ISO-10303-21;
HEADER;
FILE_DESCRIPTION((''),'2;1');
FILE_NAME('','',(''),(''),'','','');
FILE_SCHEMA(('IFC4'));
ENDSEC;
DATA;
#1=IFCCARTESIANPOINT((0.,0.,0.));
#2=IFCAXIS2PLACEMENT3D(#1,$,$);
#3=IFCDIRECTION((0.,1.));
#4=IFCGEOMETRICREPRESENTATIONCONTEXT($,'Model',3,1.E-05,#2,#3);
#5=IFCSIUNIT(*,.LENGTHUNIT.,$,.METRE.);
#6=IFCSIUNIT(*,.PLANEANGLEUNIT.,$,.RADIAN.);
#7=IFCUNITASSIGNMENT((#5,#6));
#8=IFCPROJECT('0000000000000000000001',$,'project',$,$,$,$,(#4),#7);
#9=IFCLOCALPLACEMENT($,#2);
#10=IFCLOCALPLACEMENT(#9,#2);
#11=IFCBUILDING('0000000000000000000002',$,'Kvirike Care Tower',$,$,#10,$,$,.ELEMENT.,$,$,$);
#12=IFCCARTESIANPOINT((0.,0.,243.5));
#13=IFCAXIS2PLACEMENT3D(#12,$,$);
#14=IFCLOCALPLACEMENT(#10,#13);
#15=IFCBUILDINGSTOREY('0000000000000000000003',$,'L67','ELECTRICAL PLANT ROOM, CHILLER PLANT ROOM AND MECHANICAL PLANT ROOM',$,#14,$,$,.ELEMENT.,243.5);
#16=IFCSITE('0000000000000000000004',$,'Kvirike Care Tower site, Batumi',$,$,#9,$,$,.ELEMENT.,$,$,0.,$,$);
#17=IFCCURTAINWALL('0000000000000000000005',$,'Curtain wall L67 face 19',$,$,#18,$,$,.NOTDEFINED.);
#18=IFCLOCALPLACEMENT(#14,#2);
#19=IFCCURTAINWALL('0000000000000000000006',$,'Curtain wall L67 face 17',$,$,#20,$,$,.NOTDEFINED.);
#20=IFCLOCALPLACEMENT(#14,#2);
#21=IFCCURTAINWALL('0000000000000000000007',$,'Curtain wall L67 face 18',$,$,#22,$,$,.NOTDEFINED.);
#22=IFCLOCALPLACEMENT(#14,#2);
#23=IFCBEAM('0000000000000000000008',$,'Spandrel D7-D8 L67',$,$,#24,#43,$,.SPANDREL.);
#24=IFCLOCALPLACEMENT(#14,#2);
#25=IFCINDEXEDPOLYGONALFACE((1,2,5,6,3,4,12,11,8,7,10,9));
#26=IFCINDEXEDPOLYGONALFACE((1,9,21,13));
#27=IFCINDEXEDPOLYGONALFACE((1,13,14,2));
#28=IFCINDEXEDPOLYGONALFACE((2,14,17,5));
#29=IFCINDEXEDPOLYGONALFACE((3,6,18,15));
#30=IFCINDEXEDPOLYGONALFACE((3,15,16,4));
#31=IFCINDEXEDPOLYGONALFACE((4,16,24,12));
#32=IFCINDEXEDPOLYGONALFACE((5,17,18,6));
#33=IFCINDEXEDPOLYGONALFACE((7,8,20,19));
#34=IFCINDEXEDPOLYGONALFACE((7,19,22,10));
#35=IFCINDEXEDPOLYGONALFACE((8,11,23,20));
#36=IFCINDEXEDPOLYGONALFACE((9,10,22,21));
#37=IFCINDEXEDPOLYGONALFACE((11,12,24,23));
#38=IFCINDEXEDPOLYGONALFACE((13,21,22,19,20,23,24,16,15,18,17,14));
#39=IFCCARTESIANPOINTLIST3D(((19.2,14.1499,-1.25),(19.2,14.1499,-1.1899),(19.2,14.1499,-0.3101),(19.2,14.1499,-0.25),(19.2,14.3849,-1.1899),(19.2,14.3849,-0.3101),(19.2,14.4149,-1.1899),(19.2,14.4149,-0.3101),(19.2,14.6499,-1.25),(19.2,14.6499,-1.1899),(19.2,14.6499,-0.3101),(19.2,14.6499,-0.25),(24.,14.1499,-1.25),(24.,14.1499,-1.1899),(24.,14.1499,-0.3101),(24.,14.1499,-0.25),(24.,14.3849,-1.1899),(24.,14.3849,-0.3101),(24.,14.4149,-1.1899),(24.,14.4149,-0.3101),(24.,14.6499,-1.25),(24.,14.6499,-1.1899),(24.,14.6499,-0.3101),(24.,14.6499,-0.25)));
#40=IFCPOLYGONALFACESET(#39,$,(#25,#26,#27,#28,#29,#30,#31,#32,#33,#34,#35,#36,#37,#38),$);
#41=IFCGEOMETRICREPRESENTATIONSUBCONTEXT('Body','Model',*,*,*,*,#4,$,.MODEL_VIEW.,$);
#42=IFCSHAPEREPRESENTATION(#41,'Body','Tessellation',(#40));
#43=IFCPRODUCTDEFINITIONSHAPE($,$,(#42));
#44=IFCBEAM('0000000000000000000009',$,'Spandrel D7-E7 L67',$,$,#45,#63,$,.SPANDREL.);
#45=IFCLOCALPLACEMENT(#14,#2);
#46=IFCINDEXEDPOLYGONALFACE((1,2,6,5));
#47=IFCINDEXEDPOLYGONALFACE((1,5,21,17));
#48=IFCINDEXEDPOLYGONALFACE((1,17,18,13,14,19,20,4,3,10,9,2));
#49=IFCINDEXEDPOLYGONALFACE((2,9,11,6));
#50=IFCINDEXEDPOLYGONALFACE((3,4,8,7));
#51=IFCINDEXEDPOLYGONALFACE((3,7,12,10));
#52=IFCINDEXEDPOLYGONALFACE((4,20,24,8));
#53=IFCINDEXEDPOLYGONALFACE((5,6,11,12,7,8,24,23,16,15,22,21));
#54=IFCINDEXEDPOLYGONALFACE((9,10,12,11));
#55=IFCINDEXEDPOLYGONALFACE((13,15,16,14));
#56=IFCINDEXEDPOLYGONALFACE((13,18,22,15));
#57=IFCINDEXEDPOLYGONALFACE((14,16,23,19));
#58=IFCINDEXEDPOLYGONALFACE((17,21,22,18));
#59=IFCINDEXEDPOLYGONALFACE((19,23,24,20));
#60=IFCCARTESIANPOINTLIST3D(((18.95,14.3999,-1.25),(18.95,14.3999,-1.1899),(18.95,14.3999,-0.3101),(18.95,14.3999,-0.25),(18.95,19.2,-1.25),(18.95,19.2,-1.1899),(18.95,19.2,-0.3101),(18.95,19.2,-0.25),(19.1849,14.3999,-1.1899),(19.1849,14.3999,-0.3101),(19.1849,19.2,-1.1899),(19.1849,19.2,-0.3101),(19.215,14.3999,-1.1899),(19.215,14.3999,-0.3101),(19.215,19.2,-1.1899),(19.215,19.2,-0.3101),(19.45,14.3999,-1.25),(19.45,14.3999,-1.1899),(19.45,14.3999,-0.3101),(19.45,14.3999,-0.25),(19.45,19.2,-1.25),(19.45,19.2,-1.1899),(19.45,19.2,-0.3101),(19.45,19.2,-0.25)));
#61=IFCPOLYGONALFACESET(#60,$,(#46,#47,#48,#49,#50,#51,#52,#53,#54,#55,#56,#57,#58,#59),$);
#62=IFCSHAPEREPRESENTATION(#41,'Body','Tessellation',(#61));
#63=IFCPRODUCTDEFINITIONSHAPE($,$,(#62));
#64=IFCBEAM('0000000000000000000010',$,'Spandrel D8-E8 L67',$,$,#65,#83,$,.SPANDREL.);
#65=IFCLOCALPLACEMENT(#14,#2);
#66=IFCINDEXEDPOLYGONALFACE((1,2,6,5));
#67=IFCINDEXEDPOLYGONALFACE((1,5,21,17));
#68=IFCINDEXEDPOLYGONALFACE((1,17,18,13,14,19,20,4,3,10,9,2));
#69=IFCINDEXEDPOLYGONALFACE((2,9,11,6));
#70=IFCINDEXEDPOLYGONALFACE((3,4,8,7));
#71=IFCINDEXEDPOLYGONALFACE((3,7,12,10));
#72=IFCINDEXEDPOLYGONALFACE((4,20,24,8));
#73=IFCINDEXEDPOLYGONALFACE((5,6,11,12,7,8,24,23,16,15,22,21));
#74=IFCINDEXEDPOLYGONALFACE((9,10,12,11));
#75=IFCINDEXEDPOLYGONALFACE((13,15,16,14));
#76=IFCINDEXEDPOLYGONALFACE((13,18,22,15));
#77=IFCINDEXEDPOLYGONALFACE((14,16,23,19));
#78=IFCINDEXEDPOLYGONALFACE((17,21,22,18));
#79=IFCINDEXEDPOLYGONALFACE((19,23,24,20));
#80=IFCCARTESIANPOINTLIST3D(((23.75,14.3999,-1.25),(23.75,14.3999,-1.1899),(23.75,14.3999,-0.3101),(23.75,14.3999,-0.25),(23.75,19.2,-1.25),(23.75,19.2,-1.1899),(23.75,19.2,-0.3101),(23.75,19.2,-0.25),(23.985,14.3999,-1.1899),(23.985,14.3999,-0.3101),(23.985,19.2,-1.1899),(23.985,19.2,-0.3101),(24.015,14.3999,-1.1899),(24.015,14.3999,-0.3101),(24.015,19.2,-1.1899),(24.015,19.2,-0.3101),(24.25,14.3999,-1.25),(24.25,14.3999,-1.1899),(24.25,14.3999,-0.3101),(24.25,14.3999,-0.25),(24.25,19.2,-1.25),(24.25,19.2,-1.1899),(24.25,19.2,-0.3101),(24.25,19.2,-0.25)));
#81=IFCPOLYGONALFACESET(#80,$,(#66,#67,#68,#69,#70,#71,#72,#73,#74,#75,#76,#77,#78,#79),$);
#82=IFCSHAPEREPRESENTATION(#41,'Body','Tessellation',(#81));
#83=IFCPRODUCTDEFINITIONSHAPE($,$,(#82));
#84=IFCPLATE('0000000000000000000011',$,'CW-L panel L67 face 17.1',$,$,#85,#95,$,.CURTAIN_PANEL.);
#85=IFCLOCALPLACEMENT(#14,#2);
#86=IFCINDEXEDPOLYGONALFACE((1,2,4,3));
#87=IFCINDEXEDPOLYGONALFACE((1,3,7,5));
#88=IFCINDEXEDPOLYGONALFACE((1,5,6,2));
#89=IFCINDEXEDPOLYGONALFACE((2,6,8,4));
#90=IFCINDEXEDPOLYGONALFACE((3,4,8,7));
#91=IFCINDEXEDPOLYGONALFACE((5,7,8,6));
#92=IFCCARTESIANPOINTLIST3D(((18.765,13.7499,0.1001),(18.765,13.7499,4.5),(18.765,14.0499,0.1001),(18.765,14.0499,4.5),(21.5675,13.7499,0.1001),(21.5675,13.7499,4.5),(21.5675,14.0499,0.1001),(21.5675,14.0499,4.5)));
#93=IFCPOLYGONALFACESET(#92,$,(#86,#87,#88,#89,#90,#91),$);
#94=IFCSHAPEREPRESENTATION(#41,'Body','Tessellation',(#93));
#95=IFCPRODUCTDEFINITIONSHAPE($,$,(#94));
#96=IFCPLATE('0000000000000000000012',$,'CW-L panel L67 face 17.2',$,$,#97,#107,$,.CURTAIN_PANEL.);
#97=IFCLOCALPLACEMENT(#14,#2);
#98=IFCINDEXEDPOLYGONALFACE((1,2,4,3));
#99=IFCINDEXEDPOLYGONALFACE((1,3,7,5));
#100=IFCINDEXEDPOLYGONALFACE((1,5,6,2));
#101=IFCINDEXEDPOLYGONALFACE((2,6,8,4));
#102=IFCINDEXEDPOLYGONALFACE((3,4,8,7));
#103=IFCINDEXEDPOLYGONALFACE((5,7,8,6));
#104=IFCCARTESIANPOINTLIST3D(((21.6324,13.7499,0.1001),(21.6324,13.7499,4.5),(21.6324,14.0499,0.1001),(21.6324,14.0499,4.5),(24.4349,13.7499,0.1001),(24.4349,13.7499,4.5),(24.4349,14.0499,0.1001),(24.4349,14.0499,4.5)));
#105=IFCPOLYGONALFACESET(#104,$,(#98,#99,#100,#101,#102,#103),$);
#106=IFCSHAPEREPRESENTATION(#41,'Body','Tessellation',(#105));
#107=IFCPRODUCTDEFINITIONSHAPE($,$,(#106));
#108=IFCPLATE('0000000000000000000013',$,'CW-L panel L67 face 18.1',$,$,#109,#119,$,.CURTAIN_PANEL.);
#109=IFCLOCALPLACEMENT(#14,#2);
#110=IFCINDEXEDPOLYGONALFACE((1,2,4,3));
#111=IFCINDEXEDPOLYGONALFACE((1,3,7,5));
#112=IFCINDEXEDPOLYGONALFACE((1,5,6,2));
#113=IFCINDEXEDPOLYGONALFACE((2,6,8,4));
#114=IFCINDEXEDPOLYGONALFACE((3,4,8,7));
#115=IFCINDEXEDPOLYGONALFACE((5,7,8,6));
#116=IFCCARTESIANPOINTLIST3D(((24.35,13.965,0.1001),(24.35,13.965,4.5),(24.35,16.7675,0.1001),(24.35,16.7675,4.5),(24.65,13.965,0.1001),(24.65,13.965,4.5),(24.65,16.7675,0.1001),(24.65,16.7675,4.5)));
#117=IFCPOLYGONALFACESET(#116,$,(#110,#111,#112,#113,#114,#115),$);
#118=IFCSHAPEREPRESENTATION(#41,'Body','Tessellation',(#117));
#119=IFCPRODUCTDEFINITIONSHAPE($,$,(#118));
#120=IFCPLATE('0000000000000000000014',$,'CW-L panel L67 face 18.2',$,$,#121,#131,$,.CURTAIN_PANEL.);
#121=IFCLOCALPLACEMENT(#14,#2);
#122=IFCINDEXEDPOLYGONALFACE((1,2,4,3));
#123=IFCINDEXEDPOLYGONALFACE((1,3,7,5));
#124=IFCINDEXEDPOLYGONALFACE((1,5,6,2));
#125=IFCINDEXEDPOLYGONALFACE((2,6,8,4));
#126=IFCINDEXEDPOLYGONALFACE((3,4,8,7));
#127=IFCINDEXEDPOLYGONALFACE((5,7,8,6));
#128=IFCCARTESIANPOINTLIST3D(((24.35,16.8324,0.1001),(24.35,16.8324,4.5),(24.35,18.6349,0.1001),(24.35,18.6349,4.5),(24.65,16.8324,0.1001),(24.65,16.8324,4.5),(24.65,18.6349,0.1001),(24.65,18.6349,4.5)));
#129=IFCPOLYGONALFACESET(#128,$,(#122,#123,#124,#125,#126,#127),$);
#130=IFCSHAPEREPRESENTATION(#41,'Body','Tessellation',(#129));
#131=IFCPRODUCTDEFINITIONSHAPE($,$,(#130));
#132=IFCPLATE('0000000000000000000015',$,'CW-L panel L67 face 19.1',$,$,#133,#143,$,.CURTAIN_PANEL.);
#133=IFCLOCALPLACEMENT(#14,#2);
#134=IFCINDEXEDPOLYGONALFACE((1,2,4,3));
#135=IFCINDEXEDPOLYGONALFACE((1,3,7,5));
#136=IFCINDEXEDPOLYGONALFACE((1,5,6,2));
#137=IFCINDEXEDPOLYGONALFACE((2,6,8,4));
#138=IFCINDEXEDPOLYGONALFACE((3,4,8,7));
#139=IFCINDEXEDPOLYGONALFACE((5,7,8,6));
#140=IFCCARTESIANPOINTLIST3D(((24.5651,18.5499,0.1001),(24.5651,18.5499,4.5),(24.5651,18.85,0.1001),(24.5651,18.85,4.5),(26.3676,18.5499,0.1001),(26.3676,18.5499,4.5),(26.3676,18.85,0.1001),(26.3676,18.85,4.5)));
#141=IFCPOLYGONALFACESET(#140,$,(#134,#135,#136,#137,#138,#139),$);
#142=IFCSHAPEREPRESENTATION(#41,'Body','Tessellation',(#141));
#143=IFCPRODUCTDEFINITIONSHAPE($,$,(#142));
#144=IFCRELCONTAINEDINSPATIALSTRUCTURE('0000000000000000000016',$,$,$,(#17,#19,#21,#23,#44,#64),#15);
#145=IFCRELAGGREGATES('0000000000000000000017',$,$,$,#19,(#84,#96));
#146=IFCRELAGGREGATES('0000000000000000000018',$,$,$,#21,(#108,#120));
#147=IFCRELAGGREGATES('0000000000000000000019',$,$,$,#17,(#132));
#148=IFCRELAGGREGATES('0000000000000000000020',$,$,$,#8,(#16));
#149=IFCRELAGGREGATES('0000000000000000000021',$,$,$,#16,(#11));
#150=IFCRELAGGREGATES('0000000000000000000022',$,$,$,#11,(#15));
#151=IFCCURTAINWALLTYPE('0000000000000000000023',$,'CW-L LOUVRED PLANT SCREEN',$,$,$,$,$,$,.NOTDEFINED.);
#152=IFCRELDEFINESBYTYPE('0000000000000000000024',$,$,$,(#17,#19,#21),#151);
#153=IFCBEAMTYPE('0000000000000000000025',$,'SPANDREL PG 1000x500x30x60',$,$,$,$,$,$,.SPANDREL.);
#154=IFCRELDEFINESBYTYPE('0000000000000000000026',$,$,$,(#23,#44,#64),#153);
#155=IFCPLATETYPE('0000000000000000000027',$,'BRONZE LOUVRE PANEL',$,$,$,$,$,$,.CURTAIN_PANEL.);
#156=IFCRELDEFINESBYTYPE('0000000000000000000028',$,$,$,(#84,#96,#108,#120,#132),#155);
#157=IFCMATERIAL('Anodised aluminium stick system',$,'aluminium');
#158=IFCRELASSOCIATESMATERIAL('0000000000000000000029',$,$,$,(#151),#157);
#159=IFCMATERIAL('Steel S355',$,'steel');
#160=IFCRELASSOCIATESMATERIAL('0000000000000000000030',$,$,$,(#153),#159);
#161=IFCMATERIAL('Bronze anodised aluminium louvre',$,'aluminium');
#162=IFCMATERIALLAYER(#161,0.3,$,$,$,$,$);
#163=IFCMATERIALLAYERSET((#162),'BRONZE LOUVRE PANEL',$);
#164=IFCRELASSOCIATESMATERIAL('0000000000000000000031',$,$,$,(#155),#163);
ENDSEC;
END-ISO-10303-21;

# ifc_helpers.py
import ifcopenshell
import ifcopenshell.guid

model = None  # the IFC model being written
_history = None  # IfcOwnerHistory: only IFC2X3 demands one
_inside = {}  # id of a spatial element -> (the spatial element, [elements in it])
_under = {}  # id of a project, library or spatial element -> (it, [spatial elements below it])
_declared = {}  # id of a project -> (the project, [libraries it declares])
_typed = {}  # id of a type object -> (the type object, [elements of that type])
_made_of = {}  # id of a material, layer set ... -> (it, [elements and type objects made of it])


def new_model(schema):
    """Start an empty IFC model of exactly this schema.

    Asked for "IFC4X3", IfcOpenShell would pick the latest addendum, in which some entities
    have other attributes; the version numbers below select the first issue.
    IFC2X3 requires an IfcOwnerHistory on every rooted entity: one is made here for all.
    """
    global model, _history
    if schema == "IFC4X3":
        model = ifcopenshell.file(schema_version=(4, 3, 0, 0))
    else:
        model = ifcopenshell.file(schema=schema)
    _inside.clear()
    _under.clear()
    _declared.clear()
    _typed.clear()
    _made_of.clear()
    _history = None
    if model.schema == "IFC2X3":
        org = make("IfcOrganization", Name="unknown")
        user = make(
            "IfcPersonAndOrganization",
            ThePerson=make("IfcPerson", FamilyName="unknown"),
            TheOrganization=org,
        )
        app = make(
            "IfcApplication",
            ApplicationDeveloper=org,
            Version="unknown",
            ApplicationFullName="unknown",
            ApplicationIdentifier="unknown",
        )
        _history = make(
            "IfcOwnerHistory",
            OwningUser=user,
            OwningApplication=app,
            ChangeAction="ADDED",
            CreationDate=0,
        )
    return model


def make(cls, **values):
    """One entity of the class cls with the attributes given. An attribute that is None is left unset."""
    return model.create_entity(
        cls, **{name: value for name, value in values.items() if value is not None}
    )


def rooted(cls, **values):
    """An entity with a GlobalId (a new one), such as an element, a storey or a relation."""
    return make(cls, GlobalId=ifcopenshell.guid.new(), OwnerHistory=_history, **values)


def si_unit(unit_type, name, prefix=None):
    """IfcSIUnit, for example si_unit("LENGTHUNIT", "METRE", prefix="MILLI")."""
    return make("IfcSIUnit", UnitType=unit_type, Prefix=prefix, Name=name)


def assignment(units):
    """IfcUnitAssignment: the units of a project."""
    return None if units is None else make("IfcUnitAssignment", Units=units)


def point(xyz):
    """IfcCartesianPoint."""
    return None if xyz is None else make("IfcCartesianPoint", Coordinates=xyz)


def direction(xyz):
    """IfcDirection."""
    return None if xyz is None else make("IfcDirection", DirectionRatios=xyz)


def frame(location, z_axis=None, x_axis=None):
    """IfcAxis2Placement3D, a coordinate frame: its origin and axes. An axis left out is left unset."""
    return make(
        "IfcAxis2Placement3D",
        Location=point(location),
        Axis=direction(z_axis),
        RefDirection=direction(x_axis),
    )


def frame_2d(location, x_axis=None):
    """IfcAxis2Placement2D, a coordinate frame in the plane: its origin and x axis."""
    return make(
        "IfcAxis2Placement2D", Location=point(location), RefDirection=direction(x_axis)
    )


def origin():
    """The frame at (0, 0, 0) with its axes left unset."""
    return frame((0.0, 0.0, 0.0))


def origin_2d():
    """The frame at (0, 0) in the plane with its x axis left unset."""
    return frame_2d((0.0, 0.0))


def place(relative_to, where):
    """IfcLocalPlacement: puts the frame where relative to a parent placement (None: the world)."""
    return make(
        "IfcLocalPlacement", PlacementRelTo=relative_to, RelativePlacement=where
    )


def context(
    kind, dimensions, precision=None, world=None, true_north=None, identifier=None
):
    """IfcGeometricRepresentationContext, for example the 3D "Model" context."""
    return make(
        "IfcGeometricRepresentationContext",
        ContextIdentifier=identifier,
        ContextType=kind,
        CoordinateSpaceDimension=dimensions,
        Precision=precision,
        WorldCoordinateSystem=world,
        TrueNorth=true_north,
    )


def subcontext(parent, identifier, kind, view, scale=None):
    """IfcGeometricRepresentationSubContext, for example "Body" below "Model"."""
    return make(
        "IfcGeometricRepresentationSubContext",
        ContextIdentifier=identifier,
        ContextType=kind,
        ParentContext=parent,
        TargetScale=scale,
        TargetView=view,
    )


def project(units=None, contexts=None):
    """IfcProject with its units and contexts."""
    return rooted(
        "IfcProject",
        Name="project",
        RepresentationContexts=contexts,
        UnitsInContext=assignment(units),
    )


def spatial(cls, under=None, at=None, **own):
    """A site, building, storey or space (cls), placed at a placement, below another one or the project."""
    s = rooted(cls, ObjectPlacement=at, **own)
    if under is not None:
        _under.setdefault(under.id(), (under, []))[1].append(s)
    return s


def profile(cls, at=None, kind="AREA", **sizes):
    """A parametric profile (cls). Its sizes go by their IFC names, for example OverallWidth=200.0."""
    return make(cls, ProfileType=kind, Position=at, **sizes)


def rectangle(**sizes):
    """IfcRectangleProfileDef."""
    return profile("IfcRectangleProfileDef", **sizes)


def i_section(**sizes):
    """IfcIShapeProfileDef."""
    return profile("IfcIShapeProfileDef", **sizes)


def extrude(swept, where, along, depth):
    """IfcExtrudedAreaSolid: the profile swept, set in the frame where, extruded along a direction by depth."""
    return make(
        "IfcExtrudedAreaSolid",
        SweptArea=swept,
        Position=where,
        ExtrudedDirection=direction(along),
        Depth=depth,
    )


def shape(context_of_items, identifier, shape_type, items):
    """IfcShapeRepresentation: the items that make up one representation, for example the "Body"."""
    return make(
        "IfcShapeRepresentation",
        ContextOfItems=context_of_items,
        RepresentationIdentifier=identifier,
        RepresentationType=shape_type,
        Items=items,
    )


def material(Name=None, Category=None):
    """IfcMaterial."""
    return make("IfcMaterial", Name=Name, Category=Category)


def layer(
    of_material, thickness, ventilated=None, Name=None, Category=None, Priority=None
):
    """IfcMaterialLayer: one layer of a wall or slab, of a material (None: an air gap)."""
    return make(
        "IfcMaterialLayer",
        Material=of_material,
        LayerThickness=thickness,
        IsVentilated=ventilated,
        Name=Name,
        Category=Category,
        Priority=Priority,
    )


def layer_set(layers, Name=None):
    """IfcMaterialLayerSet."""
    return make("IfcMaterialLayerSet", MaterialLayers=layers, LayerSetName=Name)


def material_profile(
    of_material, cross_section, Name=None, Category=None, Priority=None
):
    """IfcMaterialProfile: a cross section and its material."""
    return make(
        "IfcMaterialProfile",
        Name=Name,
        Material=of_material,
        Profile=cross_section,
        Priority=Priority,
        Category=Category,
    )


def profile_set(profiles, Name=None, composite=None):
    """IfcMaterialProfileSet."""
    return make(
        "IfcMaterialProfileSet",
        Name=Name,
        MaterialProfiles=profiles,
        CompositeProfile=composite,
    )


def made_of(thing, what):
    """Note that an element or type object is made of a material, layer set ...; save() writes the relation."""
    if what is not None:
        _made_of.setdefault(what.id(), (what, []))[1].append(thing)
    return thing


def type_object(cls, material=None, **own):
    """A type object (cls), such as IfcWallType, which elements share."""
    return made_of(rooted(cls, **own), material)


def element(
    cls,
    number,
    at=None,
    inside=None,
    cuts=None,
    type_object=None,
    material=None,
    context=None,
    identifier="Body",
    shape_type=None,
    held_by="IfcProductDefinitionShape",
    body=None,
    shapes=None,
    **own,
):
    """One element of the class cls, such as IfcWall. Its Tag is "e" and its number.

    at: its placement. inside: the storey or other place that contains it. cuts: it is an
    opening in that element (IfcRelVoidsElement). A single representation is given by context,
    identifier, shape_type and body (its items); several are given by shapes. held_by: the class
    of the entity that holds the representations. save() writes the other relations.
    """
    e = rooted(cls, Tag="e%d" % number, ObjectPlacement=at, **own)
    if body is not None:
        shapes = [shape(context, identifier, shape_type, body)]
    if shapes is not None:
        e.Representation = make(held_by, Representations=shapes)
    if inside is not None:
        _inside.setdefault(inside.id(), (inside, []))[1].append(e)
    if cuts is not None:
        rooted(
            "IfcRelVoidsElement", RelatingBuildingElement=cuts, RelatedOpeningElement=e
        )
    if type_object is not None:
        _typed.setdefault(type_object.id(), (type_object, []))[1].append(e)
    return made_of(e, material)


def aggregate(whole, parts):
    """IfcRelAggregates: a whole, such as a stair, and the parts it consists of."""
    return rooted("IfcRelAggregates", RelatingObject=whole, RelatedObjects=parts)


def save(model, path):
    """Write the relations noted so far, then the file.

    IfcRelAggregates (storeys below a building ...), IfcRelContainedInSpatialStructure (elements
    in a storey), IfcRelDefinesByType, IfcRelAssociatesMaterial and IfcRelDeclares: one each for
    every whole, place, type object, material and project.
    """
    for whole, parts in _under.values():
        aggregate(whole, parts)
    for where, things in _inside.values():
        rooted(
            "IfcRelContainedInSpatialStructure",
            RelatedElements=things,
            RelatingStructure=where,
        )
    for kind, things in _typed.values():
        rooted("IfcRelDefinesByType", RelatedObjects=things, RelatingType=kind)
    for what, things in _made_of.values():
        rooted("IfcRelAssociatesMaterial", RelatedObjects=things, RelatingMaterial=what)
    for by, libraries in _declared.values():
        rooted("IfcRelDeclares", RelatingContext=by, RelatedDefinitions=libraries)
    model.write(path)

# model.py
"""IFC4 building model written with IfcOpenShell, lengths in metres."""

from ifc_helpers import new_model, si_unit, direction, frame, origin, origin_2d, place, context, subcontext, project, spatial, rectangle, i_section, extrude, material, layer, layer_set, material_profile, profile_set, type_object, element, aggregate, save


model = new_model("IFC4")

# Units and contexts
model_context = context("Model", 3, precision=1e-05, world=origin(), true_north=direction((0.0, 1.0)))
body_context = subcontext(model_context, "Body", "Model", "MODEL_VIEW")
ifc_project = project(units=[si_unit("LENGTHUNIT", "METRE"), si_unit("PLANEANGLEUNIT", "RADIAN")], contexts=[model_context])

# Site, building, storey
site_placement = place(None, origin())
site = spatial("IfcSite", under=ifc_project, at=site_placement, Name="Kvirike Care Tower site, Batumi", CompositionType="ELEMENT", RefElevation=0.0)
building_placement = place(site_placement, origin())
building = spatial("IfcBuilding", under=site, at=building_placement, Name="Kvirike Care Tower", CompositionType="ELEMENT")
storey_placement = place(building_placement, frame((0.0, 0.0, 243.5)))
storey = spatial("IfcBuildingStorey", under=building, at=storey_placement, Name="L67", Description="ELECTRICAL PLANT ROOM, CHILLER PLANT ROOM AND MECHANICAL PLANT ROOM", CompositionType="ELEMENT", Elevation=243.5)

# Curtain wall
ifc_material_1 = material(Name="Anodised aluminium stick system", Category="aluminium")
curtain_wall_type = type_object("IfcCurtainWallType", Name="CW-L LOUVRED PLANT SCREEN", PredefinedType="NOTDEFINED", material=ifc_material_1)
curtain_wall_1_placement = place(storey_placement, origin())
curtain_wall_1 = element("IfcCurtainWall", 1, at=curtain_wall_1_placement, inside=storey, type_object=curtain_wall_type, Name="Curtain wall L67 face 19", PredefinedType="NOTDEFINED")

# Curtain walls
curtain_wall_2_placement = place(storey_placement, origin())
curtain_wall_2 = element("IfcCurtainWall", 2, at=curtain_wall_2_placement, inside=storey, type_object=curtain_wall_type, Name="Curtain wall L67 face 17", PredefinedType="NOTDEFINED")
curtain_wall_3_placement = place(storey_placement, origin())
curtain_wall_3 = element("IfcCurtainWall", 3, at=curtain_wall_3_placement, inside=storey, type_object=curtain_wall_type, Name="Curtain wall L67 face 18", PredefinedType="NOTDEFINED")

# Beams
ifc_material_2 = material(Name="Steel S355", Category="steel")
ifc_material_profile_1 = material_profile(ifc_material_2, i_section(OverallWidth=0.5, OverallDepth=1.0, WebThickness=0.03, FlangeThickness=0.0601, at=origin_2d()), Name="PG 1000x500x30x60")
ifc_profile_set_1 = profile_set([ifc_material_profile_1], Name="Steel S355")
beam_type = type_object("IfcBeamType", Name="SPANDREL PG 1000x500x30x60", PredefinedType="SPANDREL", material=ifc_profile_set_1)
for number, where, z_axis, x_axis, name in (
    (4, (19.2, 14.3999, -0.75), (1.0, 0.0, 0.0), (0.0, 1.0, 0.0), "Spandrel D7-D8 L67"),
    (5, (19.2, 14.3999, -0.75), (0.0, 1.0, 0.0), (-1.0, 0.0, 0.0), "Spandrel D7-E7 L67"),
    (6, (24.0, 14.3999, -0.75), (0.0, 1.0, 0.0), (-1.0, 0.0, 0.0), "Spandrel D8-E8 L67"),
):
    element("IfcBeam", number, at=place(storey_placement, frame(where, z_axis=z_axis, x_axis=x_axis)), inside=storey, type_object=beam_type, Name=name, PredefinedType="SPANDREL", context=body_context, shape_type="SweptSolid", body=[
        extrude(i_section(OverallWidth=0.5, OverallDepth=1.0, WebThickness=0.03, FlangeThickness=0.0601, at=origin_2d()), origin(), (0.0, 0.0, 1.0), 4.8),
    ])

# Plates
ifc_material_3 = material(Name="Bronze anodised aluminium louvre", Category="aluminium")
ifc_layer = layer(ifc_material_3, 0.3)
ifc_layer_set = layer_set([ifc_layer], Name="BRONZE LOUVRE PANEL")
plate_type = type_object("IfcPlateType", Name="BRONZE LOUVRE PANEL", PredefinedType="CURTAIN_PANEL", material=ifc_layer_set)
plate_1_placement = place(storey_placement, frame((20.1663, 13.8999, 0.1001), z_axis=(0.0, 0.0, 1.0), x_axis=(1.0, 0.0, 0.0)))
plate_1 = element("IfcPlate", 7, at=plate_1_placement, type_object=plate_type, Name="CW-L panel L67 face 17.1", PredefinedType="CURTAIN_PANEL", context=body_context, shape_type="SweptSolid", body=[
    extrude(rectangle(XDim=2.8025, YDim=0.3, at=origin_2d()), origin(), (0.0, 0.0, 1.0), 4.3999),
])
plate_2_placement = place(storey_placement, frame((23.0337, 13.8999, 0.1001), z_axis=(0.0, 0.0, 1.0), x_axis=(1.0, 0.0, 0.0)))
plate_2 = element("IfcPlate", 8, at=plate_2_placement, type_object=plate_type, Name="CW-L panel L67 face 17.2", PredefinedType="CURTAIN_PANEL", context=body_context, shape_type="SweptSolid", body=[
    extrude(rectangle(XDim=2.8025, YDim=0.3, at=origin_2d()), origin(), (0.0, 0.0, 1.0), 4.3999),
])
aggregate(curtain_wall_2, [plate_1, plate_2])
plate_3_placement = place(storey_placement, frame((24.5, 15.3662, 0.1001), z_axis=(0.0, 0.0, 1.0), x_axis=(0.0, 1.0, 0.0)))
plate_3 = element("IfcPlate", 9, at=plate_3_placement, type_object=plate_type, Name="CW-L panel L67 face 18.1", PredefinedType="CURTAIN_PANEL", context=body_context, shape_type="SweptSolid", body=[
    extrude(rectangle(XDim=2.8025, YDim=0.3, at=origin_2d()), origin(), (0.0, 0.0, 1.0), 4.3999),
])
plate_4_placement = place(storey_placement, frame((24.5, 17.7336, 0.1001), z_axis=(0.0, 0.0, 1.0), x_axis=(0.0, 1.0, 0.0)))
plate_4 = element("IfcPlate", 10, at=plate_4_placement, type_object=plate_type, Name="CW-L panel L67 face 18.2", PredefinedType="CURTAIN_PANEL", context=body_context, shape_type="SweptSolid", body=[
    extrude(rectangle(XDim=1.8025, YDim=0.3, at=origin_2d()), origin(), (0.0, 0.0, 1.0), 4.3999),
])
aggregate(curtain_wall_3, [plate_3, plate_4])
plate_5_placement = place(storey_placement, frame((25.4663, 18.7, 0.1001), z_axis=(0.0, 0.0, 1.0), x_axis=(1.0, 0.0, 0.0)))
plate_5 = element("IfcPlate", 11, at=plate_5_placement, type_object=plate_type, Name="CW-L panel L67 face 19.1", PredefinedType="CURTAIN_PANEL", context=body_context, shape_type="SweptSolid", body=[
    extrude(rectangle(XDim=1.8025, YDim=0.3, at=origin_2d()), origin(), (0.0, 0.0, 1.0), 4.3999),
])
aggregate(curtain_wall_1, [plate_5])

save(model, "model.ifc")
